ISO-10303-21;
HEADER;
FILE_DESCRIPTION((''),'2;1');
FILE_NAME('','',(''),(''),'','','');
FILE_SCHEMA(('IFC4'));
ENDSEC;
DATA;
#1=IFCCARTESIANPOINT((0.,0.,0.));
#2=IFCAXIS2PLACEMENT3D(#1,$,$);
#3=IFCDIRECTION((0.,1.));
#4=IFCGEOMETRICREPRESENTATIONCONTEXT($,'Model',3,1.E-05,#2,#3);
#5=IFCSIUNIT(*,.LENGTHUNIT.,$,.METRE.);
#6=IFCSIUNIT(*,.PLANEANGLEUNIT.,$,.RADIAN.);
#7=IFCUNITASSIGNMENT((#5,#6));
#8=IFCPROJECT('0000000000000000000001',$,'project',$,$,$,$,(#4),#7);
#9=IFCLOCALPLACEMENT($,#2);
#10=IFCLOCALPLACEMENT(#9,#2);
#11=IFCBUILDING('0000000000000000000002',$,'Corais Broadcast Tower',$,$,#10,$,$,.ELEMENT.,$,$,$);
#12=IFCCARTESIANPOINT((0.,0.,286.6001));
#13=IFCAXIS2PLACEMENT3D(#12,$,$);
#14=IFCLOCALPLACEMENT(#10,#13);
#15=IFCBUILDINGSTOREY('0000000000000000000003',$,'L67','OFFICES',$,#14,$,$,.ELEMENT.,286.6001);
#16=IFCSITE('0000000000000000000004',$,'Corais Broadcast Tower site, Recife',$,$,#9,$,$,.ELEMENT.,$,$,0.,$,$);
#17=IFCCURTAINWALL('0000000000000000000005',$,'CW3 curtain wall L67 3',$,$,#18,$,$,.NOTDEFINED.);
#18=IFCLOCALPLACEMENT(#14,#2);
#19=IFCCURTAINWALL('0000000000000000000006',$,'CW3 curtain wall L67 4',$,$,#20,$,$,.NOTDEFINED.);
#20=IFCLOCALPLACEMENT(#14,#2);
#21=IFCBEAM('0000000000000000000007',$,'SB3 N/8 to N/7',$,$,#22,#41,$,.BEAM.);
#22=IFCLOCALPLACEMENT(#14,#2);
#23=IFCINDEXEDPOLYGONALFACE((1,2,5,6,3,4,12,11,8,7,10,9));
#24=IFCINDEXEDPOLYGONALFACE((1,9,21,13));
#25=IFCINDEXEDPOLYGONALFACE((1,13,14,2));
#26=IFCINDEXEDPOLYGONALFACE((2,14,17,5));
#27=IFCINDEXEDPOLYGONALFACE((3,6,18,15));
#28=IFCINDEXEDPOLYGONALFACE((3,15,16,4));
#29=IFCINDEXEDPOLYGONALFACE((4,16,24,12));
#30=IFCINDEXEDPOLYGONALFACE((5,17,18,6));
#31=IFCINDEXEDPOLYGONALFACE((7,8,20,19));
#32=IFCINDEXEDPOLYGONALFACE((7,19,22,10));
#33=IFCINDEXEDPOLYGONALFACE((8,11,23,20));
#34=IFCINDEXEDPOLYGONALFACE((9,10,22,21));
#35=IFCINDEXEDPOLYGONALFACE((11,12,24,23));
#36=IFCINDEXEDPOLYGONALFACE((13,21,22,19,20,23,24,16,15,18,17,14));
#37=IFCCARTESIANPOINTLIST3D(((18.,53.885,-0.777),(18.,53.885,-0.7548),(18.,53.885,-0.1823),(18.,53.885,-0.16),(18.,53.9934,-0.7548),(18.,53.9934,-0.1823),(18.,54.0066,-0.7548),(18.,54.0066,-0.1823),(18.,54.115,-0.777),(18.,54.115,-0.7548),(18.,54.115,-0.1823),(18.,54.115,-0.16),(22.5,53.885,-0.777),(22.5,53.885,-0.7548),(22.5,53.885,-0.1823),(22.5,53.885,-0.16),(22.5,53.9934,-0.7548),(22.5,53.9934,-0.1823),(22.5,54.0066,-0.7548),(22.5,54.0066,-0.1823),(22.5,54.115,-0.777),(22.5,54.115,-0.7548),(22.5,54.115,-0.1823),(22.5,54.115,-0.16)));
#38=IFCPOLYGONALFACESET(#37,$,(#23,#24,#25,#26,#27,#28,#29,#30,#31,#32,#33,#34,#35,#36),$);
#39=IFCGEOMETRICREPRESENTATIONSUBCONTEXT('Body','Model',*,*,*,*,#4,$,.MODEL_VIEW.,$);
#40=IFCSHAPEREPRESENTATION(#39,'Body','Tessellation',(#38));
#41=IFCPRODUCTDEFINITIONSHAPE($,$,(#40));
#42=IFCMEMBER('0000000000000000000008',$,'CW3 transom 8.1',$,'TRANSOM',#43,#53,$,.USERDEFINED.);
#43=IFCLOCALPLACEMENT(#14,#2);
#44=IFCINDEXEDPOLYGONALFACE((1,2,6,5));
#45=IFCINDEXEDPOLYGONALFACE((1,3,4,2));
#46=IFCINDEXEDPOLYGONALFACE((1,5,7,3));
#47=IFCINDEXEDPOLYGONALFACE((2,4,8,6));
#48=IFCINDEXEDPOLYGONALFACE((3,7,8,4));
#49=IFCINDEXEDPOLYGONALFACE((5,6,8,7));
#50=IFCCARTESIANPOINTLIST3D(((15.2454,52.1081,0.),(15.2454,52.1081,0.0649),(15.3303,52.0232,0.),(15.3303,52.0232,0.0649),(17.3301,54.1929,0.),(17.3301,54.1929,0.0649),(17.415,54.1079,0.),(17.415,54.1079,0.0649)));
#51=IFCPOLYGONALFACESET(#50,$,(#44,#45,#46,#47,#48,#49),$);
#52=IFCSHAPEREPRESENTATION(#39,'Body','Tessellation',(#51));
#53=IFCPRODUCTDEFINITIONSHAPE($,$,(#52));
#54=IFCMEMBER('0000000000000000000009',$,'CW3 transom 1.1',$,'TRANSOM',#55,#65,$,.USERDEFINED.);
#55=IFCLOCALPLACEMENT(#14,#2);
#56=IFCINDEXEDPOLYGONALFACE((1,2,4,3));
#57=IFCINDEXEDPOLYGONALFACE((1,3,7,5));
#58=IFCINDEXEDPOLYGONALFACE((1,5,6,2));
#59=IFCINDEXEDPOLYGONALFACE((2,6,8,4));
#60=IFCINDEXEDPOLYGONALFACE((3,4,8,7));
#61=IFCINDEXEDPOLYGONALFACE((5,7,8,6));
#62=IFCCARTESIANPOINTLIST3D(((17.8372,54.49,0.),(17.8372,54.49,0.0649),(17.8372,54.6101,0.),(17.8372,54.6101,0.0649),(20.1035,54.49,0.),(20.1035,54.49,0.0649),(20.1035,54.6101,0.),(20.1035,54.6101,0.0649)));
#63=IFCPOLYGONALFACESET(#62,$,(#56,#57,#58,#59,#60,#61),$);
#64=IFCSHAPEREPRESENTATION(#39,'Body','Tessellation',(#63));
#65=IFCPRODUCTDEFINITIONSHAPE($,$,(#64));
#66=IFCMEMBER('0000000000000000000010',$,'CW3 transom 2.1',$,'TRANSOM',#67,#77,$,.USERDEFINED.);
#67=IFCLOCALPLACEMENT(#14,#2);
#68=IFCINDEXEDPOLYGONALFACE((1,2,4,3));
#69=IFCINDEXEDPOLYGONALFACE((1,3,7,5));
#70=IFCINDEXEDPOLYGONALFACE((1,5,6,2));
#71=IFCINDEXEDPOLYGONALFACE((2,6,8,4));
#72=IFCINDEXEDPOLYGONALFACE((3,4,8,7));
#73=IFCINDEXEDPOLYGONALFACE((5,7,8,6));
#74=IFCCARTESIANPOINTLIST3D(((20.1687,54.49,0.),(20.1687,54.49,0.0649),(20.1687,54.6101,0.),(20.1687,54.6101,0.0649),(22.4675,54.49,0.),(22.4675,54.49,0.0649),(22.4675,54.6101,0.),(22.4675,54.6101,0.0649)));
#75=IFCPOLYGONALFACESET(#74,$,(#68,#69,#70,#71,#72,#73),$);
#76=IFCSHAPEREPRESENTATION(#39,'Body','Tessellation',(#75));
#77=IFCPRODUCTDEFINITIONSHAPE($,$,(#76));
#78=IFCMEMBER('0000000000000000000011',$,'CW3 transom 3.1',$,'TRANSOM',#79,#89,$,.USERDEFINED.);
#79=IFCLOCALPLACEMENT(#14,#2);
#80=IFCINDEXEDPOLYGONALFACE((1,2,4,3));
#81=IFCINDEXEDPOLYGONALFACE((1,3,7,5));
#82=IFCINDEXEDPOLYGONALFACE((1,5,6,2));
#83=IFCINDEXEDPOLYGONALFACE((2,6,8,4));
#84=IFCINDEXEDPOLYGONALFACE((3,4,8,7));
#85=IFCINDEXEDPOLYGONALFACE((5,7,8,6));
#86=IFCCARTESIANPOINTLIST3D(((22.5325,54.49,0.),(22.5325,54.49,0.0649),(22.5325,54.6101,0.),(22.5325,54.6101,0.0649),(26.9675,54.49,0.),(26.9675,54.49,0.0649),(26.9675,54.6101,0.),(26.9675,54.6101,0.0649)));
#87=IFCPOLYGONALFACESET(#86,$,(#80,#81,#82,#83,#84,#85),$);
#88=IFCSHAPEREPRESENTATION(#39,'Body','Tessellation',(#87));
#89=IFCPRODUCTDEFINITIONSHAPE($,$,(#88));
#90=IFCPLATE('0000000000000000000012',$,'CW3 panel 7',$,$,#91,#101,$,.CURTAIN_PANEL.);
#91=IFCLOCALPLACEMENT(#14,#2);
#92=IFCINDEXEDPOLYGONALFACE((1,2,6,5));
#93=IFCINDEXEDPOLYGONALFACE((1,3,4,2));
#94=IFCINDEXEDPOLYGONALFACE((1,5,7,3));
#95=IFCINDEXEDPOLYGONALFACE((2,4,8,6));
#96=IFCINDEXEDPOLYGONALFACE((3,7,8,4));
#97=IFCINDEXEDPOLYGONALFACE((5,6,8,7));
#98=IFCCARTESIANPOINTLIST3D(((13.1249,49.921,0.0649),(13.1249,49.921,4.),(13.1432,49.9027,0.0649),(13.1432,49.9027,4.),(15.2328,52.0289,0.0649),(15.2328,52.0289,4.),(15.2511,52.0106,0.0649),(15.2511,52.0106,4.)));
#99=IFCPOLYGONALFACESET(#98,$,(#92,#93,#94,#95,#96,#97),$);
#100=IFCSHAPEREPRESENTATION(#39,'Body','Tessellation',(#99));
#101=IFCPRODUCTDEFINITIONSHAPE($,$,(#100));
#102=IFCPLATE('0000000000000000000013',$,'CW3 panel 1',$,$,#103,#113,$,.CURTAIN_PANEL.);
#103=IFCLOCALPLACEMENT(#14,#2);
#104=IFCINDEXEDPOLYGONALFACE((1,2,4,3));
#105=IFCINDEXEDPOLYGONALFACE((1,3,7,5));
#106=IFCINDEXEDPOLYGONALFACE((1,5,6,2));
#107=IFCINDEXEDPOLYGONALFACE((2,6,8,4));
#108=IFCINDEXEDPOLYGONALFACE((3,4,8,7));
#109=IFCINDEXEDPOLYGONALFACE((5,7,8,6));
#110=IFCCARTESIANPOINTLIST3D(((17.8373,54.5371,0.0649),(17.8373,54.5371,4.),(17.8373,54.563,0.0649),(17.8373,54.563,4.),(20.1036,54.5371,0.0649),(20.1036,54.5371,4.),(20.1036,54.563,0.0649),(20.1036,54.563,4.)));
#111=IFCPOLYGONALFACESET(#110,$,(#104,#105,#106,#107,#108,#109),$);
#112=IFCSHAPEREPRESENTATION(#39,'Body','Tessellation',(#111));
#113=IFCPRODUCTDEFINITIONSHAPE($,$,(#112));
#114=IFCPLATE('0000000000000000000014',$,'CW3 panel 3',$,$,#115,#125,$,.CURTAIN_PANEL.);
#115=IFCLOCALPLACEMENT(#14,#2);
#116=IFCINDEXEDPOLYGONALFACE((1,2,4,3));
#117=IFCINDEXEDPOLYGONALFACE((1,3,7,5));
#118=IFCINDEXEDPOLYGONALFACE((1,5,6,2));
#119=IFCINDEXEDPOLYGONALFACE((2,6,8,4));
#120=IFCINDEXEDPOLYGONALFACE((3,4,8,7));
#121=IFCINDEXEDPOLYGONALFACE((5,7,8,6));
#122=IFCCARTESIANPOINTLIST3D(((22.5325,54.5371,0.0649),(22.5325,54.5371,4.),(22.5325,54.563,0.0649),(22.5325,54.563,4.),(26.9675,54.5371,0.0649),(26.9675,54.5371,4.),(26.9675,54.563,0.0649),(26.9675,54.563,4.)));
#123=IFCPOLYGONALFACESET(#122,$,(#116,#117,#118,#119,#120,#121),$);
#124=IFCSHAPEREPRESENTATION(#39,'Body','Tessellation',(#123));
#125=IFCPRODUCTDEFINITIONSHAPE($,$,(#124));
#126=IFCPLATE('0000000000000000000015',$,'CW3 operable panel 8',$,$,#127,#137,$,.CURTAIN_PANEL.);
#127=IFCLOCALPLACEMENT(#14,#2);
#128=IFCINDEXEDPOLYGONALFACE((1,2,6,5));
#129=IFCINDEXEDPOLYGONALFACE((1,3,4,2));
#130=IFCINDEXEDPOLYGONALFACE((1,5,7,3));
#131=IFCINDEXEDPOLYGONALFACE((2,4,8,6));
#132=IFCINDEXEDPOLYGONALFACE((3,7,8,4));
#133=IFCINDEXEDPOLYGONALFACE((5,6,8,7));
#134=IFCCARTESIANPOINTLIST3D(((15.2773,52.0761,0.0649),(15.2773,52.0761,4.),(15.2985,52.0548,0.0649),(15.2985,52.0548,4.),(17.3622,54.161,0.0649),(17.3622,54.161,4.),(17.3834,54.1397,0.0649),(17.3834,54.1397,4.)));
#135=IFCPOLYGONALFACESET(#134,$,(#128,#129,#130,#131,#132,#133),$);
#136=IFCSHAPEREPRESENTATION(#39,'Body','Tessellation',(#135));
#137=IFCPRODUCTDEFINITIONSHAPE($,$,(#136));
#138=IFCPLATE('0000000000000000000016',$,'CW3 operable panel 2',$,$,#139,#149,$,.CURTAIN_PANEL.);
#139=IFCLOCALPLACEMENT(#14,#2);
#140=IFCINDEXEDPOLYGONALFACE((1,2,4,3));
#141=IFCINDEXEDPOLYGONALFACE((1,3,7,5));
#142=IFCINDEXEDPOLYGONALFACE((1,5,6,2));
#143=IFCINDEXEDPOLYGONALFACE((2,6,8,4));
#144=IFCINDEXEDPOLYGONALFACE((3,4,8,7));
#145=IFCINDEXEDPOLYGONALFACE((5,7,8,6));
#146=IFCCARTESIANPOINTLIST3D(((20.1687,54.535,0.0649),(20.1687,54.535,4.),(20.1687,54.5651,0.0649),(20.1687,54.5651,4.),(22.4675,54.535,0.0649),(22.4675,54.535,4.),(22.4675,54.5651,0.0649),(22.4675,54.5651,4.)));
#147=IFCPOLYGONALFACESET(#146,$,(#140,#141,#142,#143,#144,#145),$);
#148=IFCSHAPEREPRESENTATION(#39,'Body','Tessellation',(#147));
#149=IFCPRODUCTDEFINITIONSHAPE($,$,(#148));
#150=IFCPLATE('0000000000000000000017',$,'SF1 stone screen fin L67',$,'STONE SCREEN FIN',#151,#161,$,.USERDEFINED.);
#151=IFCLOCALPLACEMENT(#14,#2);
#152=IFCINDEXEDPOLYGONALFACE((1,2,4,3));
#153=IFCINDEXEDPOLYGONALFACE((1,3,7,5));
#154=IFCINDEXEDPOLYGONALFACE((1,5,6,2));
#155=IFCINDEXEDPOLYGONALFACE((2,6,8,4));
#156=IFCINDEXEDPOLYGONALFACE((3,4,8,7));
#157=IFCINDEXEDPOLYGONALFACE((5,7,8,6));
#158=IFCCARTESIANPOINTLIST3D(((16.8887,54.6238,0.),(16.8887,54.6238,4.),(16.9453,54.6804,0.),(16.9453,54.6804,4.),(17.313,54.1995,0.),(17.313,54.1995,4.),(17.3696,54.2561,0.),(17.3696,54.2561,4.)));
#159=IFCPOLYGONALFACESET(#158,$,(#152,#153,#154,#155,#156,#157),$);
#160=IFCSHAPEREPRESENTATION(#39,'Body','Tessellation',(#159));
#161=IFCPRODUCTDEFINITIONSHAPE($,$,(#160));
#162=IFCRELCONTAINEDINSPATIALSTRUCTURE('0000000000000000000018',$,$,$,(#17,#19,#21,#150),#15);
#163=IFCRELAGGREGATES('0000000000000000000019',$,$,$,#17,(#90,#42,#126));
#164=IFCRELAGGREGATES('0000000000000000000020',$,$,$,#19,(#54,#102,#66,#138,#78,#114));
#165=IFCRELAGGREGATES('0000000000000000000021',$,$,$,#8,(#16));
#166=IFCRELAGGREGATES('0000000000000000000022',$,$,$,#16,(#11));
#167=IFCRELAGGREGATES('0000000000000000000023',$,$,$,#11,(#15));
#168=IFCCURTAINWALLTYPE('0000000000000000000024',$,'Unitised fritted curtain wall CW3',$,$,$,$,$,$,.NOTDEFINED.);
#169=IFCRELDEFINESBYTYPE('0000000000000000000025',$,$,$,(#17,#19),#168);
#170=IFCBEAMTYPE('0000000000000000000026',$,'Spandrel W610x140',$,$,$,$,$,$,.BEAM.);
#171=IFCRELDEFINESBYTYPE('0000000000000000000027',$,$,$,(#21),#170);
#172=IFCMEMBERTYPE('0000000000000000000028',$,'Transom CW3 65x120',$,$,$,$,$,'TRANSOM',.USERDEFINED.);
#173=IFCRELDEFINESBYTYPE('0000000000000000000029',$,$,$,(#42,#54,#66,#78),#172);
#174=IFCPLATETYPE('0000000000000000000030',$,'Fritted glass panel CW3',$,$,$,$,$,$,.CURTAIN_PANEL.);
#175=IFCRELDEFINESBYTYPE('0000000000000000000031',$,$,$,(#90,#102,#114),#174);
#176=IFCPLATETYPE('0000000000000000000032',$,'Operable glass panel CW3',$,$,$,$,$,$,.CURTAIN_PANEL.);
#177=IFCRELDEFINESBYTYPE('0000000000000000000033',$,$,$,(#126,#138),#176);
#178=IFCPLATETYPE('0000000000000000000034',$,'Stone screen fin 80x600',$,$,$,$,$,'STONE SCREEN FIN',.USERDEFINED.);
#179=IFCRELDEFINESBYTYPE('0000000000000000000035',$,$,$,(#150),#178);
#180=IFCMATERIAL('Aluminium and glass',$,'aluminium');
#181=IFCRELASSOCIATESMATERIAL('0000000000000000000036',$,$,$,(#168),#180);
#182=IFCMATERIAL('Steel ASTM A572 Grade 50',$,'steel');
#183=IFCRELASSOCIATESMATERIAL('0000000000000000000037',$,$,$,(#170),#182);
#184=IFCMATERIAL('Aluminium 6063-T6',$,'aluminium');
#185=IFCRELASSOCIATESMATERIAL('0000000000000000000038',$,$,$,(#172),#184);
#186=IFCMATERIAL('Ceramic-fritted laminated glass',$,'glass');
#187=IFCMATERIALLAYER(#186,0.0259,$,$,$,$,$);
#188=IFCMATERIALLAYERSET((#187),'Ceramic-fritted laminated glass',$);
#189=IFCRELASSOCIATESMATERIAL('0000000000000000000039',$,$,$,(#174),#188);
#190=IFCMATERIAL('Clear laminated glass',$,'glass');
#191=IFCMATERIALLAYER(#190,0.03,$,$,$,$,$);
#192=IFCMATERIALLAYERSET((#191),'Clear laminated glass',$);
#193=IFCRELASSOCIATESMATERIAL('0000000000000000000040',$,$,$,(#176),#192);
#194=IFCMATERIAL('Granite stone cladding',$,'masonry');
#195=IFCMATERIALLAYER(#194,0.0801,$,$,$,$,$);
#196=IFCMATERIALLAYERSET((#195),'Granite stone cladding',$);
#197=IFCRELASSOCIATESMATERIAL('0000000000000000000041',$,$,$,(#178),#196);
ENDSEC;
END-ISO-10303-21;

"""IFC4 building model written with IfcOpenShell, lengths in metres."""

from ifc_helpers import new_model, si_unit, direction, frame, origin, origin_2d, place, context, subcontext, project, spatial, rectangle, i_section, extrude, material, layer, layer_set, material_profile, profile_set, type_object, element, aggregate, save


model = new_model("IFC4")

# Units and contexts
model_context = context("Model", 3, precision=1e-05, world=origin(), true_north=direction((0.0, 1.0)))
body_context = subcontext(model_context, "Body", "Model", "MODEL_VIEW")
ifc_project = project(units=[si_unit("LENGTHUNIT", "METRE"), si_unit("PLANEANGLEUNIT", "RADIAN")], contexts=[model_context])

# Site, building, storey
site_placement = place(None, origin())
site = spatial("IfcSite", under=ifc_project, at=site_placement, Name="Corais Broadcast Tower site, Recife", CompositionType="ELEMENT", RefElevation=0.0)
building_placement = place(site_placement, origin())
building = spatial("IfcBuilding", under=site, at=building_placement, Name="Corais Broadcast Tower", CompositionType="ELEMENT")
storey_placement = place(building_placement, frame((0.0, 0.0, 286.6001)))
storey = spatial("IfcBuildingStorey", under=building, at=storey_placement, Name="L67", Description="OFFICES", CompositionType="ELEMENT", Elevation=286.6001)

# Curtain walls
ifc_material_1 = material(Name="Aluminium and glass", Category="aluminium")
curtain_wall_type = type_object("IfcCurtainWallType", Name="Unitised fritted curtain wall CW3", PredefinedType="NOTDEFINED", material=ifc_material_1)
curtain_wall_1_placement = place(storey_placement, origin())
curtain_wall_1 = element("IfcCurtainWall", 1, at=curtain_wall_1_placement, inside=storey, type_object=curtain_wall_type, Name="CW3 curtain wall L67 3", PredefinedType="NOTDEFINED")
curtain_wall_2_placement = place(storey_placement, origin())
curtain_wall_2 = element("IfcCurtainWall", 2, at=curtain_wall_2_placement, inside=storey, type_object=curtain_wall_type, Name="CW3 curtain wall L67 4", PredefinedType="NOTDEFINED")

# Beam
ifc_material_2 = material(Name="Steel ASTM A572 Grade 50", Category="steel")
ifc_material_profile_1 = material_profile(ifc_material_2, i_section(OverallWidth=0.23, OverallDepth=0.6169, WebThickness=0.0132, FlangeThickness=0.0222, at=origin_2d()), Name="W610x140")
ifc_profile_set_1 = profile_set([ifc_material_profile_1], Name="Steel ASTM A572 Grade 50")
beam_type_1 = type_object("IfcBeamType", Name="Spandrel W610x140", PredefinedType="BEAM", material=ifc_profile_set_1)
beam_placement = place(storey_placement, frame((22.5, 54.0, -0.4685), z_axis=(-1.0, 0.0, 0.0), x_axis=(0.0, -1.0, 0.0)))
element("IfcBeam", 3, at=beam_placement, inside=storey, type_object=beam_type_1, Name="SB3 N/8 to N/7", PredefinedType="BEAM", context=body_context, shape_type="SweptSolid", body=[
    extrude(i_section(OverallWidth=0.23, OverallDepth=0.6169, WebThickness=0.0132, FlangeThickness=0.0222, at=origin_2d()), origin(), (0.0, 0.0, 1.0), 4.5),
])

# Members
ifc_material_3 = material(Name="Aluminium 6063-T6", Category="aluminium")
ifc_material_profile_2 = material_profile(ifc_material_3, rectangle(XDim=0.1201, YDim=0.0649, at=origin_2d()), Name="Transom CW3 65x120")
ifc_profile_set_2 = profile_set([ifc_material_profile_2], Name="Aluminium 6063-T6")
member_type_1 = type_object("IfcMemberType", Name="Transom CW3 65x120", ElementType="TRANSOM", PredefinedType="USERDEFINED", material=ifc_profile_set_2)
member_1_placement = place(storey_placement, frame((15.2878, 52.0657, 0.0325), z_axis=(0.707107, 0.707107, 0.0), x_axis=(-0.707107, 0.707107, 0.0)))
member_1 = element("IfcMember", 4, at=member_1_placement, type_object=member_type_1, Name="CW3 transom 8.1", ObjectType="TRANSOM", PredefinedType="USERDEFINED", context=body_context, shape_type="SweptSolid", body=[
    extrude(rectangle(XDim=0.1201, YDim=0.0649, at=origin_2d()), origin(), (0.0, 0.0, 1.0), 2.9482),
])
member_2_placement = place(storey_placement, frame((17.8372, 54.55, 0.0325), z_axis=(1.0, 0.0, 0.0), x_axis=(0.0, 1.0, 0.0)))
member_2 = element("IfcMember", 5, at=member_2_placement, type_object=member_type_1, Name="CW3 transom 1.1", ObjectType="TRANSOM", PredefinedType="USERDEFINED", context=body_context, shape_type="SweptSolid", body=[
    extrude(rectangle(XDim=0.1201, YDim=0.0649, at=origin_2d()), origin(), (0.0, 0.0, 1.0), 2.2664),
])
member_3_placement = place(storey_placement, frame((20.1687, 54.55, 0.0325), z_axis=(1.0, 0.0, 0.0), x_axis=(0.0, 1.0, 0.0)))
member_3 = element("IfcMember", 6, at=member_3_placement, type_object=member_type_1, Name="CW3 transom 2.1", ObjectType="TRANSOM", PredefinedType="USERDEFINED", context=body_context, shape_type="SweptSolid", body=[
    extrude(rectangle(XDim=0.1201, YDim=0.0649, at=origin_2d()), origin(), (0.0, 0.0, 1.0), 2.2988),
])
member_4_placement = place(storey_placement, frame((22.5325, 54.55, 0.0325), z_axis=(1.0, 0.0, 0.0), x_axis=(0.0, 1.0, 0.0)))
member_4 = element("IfcMember", 7, at=member_4_placement, type_object=member_type_1, Name="CW3 transom 3.1", ObjectType="TRANSOM", PredefinedType="USERDEFINED", context=body_context, shape_type="SweptSolid", body=[
    extrude(rectangle(XDim=0.1201, YDim=0.0649, at=origin_2d()), origin(), (0.0, 0.0, 1.0), 4.4351),
])

# Plates
ifc_material_4 = material(Name="Ceramic-fritted laminated glass", Category="glass")
ifc_layer_1 = layer(ifc_material_4, 0.0259)
ifc_layer_set_1 = layer_set([ifc_layer_1], Name="Ceramic-fritted laminated glass")
plate_type_1 = type_object("IfcPlateType", Name="Fritted glass panel CW3", PredefinedType="CURTAIN_PANEL", material=ifc_layer_set_1)
plate_1_placement = place(storey_placement, frame((14.188, 50.9658, 0.0649), z_axis=(0.0, 0.0, 1.0), x_axis=(0.707107, 0.707107, 0.0)))
plate_1 = element("IfcPlate", 8, at=plate_1_placement, type_object=plate_type_1, Name="CW3 panel 7", PredefinedType="CURTAIN_PANEL", context=body_context, shape_type="SweptSolid", body=[
    extrude(rectangle(XDim=2.981, YDim=0.0259, at=origin_2d()), origin(), (0.0, 0.0, 1.0), 3.9351),
])
plate_2_placement = place(storey_placement, frame((18.9705, 54.55, 0.0649), z_axis=(0.0, 0.0, 1.0), x_axis=(1.0, 0.0, 0.0)))
plate_2 = element("IfcPlate", 9, at=plate_2_placement, type_object=plate_type_1, Name="CW3 panel 1", PredefinedType="CURTAIN_PANEL", context=body_context, shape_type="SweptSolid", body=[
    extrude(rectangle(XDim=2.2664, YDim=0.0259, at=origin_2d()), origin(), (0.0, 0.0, 1.0), 3.9351),
])
plate_3_placement = place(storey_placement, frame((24.75, 54.55, 0.0649), z_axis=(0.0, 0.0, 1.0), x_axis=(1.0, 0.0, 0.0)))
plate_3 = element("IfcPlate", 10, at=plate_3_placement, type_object=plate_type_1, Name="CW3 panel 3", PredefinedType="CURTAIN_PANEL", context=body_context, shape_type="SweptSolid", body=[
    extrude(rectangle(XDim=4.4351, YDim=0.0259, at=origin_2d()), origin(), (0.0, 0.0, 1.0), 3.9351),
])
ifc_material_5 = material(Name="Clear laminated glass", Category="glass")
ifc_layer_2 = layer(ifc_material_5, 0.03)
ifc_layer_set_2 = layer_set([ifc_layer_2], Name="Clear laminated glass")
plate_type_2 = type_object("IfcPlateType", Name="Operable glass panel CW3", PredefinedType="CURTAIN_PANEL", material=ifc_layer_set_2)
plate_4_placement = place(storey_placement, frame((16.3303, 53.1079, 0.0649), z_axis=(0.0, 0.0, 1.0), x_axis=(0.707107, 0.707107, 0.0)))
plate_4 = element("IfcPlate", 11, at=plate_4_placement, type_object=plate_type_2, Name="CW3 operable panel 8", PredefinedType="CURTAIN_PANEL", context=body_context, shape_type="SweptSolid", body=[
    extrude(rectangle(XDim=2.9485, YDim=0.03, at=origin_2d()), origin(), (0.0, 0.0, 1.0), 3.9351),
])
aggregate(curtain_wall_1, [plate_1, member_1, plate_4])
plate_5_placement = place(storey_placement, frame((21.3181, 54.55, 0.0649), z_axis=(0.0, 0.0, 1.0), x_axis=(1.0, 0.0, 0.0)))
plate_5 = element("IfcPlate", 12, at=plate_5_placement, type_object=plate_type_2, Name="CW3 operable panel 2", PredefinedType="CURTAIN_PANEL", context=body_context, shape_type="SweptSolid", body=[
    extrude(rectangle(XDim=2.2988, YDim=0.03, at=origin_2d()), origin(), (0.0, 0.0, 1.0), 3.9351),
])
aggregate(curtain_wall_2, [member_2, plate_2, member_3, plate_5, member_4, plate_3])
ifc_material_6 = material(Name="Granite stone cladding", Category="masonry")
ifc_layer_3 = layer(ifc_material_6, 0.0801)
ifc_layer_set_3 = layer_set([ifc_layer_3], Name="Granite stone cladding")
plate_type_3 = type_object("IfcPlateType", Name="Stone screen fin 80x600", ElementType="STONE SCREEN FIN", PredefinedType="USERDEFINED", material=ifc_layer_set_3)
plate_6_placement = place(storey_placement, frame((17.1292, 54.4399, 0.0), z_axis=(0.0, 0.0, 1.0), x_axis=(0.707107, 0.707107, 0.0)))
element("IfcPlate", 13, at=plate_6_placement, inside=storey, type_object=plate_type_3, Name="SF1 stone screen fin L67", ObjectType="STONE SCREEN FIN", PredefinedType="USERDEFINED", context=body_context, shape_type="SweptSolid", body=[
    extrude(rectangle(XDim=0.0801, YDim=0.6001, at=origin_2d()), origin(), (0.0, 0.0, 1.0), 4.0),
])

save(model, "model.ifc")
